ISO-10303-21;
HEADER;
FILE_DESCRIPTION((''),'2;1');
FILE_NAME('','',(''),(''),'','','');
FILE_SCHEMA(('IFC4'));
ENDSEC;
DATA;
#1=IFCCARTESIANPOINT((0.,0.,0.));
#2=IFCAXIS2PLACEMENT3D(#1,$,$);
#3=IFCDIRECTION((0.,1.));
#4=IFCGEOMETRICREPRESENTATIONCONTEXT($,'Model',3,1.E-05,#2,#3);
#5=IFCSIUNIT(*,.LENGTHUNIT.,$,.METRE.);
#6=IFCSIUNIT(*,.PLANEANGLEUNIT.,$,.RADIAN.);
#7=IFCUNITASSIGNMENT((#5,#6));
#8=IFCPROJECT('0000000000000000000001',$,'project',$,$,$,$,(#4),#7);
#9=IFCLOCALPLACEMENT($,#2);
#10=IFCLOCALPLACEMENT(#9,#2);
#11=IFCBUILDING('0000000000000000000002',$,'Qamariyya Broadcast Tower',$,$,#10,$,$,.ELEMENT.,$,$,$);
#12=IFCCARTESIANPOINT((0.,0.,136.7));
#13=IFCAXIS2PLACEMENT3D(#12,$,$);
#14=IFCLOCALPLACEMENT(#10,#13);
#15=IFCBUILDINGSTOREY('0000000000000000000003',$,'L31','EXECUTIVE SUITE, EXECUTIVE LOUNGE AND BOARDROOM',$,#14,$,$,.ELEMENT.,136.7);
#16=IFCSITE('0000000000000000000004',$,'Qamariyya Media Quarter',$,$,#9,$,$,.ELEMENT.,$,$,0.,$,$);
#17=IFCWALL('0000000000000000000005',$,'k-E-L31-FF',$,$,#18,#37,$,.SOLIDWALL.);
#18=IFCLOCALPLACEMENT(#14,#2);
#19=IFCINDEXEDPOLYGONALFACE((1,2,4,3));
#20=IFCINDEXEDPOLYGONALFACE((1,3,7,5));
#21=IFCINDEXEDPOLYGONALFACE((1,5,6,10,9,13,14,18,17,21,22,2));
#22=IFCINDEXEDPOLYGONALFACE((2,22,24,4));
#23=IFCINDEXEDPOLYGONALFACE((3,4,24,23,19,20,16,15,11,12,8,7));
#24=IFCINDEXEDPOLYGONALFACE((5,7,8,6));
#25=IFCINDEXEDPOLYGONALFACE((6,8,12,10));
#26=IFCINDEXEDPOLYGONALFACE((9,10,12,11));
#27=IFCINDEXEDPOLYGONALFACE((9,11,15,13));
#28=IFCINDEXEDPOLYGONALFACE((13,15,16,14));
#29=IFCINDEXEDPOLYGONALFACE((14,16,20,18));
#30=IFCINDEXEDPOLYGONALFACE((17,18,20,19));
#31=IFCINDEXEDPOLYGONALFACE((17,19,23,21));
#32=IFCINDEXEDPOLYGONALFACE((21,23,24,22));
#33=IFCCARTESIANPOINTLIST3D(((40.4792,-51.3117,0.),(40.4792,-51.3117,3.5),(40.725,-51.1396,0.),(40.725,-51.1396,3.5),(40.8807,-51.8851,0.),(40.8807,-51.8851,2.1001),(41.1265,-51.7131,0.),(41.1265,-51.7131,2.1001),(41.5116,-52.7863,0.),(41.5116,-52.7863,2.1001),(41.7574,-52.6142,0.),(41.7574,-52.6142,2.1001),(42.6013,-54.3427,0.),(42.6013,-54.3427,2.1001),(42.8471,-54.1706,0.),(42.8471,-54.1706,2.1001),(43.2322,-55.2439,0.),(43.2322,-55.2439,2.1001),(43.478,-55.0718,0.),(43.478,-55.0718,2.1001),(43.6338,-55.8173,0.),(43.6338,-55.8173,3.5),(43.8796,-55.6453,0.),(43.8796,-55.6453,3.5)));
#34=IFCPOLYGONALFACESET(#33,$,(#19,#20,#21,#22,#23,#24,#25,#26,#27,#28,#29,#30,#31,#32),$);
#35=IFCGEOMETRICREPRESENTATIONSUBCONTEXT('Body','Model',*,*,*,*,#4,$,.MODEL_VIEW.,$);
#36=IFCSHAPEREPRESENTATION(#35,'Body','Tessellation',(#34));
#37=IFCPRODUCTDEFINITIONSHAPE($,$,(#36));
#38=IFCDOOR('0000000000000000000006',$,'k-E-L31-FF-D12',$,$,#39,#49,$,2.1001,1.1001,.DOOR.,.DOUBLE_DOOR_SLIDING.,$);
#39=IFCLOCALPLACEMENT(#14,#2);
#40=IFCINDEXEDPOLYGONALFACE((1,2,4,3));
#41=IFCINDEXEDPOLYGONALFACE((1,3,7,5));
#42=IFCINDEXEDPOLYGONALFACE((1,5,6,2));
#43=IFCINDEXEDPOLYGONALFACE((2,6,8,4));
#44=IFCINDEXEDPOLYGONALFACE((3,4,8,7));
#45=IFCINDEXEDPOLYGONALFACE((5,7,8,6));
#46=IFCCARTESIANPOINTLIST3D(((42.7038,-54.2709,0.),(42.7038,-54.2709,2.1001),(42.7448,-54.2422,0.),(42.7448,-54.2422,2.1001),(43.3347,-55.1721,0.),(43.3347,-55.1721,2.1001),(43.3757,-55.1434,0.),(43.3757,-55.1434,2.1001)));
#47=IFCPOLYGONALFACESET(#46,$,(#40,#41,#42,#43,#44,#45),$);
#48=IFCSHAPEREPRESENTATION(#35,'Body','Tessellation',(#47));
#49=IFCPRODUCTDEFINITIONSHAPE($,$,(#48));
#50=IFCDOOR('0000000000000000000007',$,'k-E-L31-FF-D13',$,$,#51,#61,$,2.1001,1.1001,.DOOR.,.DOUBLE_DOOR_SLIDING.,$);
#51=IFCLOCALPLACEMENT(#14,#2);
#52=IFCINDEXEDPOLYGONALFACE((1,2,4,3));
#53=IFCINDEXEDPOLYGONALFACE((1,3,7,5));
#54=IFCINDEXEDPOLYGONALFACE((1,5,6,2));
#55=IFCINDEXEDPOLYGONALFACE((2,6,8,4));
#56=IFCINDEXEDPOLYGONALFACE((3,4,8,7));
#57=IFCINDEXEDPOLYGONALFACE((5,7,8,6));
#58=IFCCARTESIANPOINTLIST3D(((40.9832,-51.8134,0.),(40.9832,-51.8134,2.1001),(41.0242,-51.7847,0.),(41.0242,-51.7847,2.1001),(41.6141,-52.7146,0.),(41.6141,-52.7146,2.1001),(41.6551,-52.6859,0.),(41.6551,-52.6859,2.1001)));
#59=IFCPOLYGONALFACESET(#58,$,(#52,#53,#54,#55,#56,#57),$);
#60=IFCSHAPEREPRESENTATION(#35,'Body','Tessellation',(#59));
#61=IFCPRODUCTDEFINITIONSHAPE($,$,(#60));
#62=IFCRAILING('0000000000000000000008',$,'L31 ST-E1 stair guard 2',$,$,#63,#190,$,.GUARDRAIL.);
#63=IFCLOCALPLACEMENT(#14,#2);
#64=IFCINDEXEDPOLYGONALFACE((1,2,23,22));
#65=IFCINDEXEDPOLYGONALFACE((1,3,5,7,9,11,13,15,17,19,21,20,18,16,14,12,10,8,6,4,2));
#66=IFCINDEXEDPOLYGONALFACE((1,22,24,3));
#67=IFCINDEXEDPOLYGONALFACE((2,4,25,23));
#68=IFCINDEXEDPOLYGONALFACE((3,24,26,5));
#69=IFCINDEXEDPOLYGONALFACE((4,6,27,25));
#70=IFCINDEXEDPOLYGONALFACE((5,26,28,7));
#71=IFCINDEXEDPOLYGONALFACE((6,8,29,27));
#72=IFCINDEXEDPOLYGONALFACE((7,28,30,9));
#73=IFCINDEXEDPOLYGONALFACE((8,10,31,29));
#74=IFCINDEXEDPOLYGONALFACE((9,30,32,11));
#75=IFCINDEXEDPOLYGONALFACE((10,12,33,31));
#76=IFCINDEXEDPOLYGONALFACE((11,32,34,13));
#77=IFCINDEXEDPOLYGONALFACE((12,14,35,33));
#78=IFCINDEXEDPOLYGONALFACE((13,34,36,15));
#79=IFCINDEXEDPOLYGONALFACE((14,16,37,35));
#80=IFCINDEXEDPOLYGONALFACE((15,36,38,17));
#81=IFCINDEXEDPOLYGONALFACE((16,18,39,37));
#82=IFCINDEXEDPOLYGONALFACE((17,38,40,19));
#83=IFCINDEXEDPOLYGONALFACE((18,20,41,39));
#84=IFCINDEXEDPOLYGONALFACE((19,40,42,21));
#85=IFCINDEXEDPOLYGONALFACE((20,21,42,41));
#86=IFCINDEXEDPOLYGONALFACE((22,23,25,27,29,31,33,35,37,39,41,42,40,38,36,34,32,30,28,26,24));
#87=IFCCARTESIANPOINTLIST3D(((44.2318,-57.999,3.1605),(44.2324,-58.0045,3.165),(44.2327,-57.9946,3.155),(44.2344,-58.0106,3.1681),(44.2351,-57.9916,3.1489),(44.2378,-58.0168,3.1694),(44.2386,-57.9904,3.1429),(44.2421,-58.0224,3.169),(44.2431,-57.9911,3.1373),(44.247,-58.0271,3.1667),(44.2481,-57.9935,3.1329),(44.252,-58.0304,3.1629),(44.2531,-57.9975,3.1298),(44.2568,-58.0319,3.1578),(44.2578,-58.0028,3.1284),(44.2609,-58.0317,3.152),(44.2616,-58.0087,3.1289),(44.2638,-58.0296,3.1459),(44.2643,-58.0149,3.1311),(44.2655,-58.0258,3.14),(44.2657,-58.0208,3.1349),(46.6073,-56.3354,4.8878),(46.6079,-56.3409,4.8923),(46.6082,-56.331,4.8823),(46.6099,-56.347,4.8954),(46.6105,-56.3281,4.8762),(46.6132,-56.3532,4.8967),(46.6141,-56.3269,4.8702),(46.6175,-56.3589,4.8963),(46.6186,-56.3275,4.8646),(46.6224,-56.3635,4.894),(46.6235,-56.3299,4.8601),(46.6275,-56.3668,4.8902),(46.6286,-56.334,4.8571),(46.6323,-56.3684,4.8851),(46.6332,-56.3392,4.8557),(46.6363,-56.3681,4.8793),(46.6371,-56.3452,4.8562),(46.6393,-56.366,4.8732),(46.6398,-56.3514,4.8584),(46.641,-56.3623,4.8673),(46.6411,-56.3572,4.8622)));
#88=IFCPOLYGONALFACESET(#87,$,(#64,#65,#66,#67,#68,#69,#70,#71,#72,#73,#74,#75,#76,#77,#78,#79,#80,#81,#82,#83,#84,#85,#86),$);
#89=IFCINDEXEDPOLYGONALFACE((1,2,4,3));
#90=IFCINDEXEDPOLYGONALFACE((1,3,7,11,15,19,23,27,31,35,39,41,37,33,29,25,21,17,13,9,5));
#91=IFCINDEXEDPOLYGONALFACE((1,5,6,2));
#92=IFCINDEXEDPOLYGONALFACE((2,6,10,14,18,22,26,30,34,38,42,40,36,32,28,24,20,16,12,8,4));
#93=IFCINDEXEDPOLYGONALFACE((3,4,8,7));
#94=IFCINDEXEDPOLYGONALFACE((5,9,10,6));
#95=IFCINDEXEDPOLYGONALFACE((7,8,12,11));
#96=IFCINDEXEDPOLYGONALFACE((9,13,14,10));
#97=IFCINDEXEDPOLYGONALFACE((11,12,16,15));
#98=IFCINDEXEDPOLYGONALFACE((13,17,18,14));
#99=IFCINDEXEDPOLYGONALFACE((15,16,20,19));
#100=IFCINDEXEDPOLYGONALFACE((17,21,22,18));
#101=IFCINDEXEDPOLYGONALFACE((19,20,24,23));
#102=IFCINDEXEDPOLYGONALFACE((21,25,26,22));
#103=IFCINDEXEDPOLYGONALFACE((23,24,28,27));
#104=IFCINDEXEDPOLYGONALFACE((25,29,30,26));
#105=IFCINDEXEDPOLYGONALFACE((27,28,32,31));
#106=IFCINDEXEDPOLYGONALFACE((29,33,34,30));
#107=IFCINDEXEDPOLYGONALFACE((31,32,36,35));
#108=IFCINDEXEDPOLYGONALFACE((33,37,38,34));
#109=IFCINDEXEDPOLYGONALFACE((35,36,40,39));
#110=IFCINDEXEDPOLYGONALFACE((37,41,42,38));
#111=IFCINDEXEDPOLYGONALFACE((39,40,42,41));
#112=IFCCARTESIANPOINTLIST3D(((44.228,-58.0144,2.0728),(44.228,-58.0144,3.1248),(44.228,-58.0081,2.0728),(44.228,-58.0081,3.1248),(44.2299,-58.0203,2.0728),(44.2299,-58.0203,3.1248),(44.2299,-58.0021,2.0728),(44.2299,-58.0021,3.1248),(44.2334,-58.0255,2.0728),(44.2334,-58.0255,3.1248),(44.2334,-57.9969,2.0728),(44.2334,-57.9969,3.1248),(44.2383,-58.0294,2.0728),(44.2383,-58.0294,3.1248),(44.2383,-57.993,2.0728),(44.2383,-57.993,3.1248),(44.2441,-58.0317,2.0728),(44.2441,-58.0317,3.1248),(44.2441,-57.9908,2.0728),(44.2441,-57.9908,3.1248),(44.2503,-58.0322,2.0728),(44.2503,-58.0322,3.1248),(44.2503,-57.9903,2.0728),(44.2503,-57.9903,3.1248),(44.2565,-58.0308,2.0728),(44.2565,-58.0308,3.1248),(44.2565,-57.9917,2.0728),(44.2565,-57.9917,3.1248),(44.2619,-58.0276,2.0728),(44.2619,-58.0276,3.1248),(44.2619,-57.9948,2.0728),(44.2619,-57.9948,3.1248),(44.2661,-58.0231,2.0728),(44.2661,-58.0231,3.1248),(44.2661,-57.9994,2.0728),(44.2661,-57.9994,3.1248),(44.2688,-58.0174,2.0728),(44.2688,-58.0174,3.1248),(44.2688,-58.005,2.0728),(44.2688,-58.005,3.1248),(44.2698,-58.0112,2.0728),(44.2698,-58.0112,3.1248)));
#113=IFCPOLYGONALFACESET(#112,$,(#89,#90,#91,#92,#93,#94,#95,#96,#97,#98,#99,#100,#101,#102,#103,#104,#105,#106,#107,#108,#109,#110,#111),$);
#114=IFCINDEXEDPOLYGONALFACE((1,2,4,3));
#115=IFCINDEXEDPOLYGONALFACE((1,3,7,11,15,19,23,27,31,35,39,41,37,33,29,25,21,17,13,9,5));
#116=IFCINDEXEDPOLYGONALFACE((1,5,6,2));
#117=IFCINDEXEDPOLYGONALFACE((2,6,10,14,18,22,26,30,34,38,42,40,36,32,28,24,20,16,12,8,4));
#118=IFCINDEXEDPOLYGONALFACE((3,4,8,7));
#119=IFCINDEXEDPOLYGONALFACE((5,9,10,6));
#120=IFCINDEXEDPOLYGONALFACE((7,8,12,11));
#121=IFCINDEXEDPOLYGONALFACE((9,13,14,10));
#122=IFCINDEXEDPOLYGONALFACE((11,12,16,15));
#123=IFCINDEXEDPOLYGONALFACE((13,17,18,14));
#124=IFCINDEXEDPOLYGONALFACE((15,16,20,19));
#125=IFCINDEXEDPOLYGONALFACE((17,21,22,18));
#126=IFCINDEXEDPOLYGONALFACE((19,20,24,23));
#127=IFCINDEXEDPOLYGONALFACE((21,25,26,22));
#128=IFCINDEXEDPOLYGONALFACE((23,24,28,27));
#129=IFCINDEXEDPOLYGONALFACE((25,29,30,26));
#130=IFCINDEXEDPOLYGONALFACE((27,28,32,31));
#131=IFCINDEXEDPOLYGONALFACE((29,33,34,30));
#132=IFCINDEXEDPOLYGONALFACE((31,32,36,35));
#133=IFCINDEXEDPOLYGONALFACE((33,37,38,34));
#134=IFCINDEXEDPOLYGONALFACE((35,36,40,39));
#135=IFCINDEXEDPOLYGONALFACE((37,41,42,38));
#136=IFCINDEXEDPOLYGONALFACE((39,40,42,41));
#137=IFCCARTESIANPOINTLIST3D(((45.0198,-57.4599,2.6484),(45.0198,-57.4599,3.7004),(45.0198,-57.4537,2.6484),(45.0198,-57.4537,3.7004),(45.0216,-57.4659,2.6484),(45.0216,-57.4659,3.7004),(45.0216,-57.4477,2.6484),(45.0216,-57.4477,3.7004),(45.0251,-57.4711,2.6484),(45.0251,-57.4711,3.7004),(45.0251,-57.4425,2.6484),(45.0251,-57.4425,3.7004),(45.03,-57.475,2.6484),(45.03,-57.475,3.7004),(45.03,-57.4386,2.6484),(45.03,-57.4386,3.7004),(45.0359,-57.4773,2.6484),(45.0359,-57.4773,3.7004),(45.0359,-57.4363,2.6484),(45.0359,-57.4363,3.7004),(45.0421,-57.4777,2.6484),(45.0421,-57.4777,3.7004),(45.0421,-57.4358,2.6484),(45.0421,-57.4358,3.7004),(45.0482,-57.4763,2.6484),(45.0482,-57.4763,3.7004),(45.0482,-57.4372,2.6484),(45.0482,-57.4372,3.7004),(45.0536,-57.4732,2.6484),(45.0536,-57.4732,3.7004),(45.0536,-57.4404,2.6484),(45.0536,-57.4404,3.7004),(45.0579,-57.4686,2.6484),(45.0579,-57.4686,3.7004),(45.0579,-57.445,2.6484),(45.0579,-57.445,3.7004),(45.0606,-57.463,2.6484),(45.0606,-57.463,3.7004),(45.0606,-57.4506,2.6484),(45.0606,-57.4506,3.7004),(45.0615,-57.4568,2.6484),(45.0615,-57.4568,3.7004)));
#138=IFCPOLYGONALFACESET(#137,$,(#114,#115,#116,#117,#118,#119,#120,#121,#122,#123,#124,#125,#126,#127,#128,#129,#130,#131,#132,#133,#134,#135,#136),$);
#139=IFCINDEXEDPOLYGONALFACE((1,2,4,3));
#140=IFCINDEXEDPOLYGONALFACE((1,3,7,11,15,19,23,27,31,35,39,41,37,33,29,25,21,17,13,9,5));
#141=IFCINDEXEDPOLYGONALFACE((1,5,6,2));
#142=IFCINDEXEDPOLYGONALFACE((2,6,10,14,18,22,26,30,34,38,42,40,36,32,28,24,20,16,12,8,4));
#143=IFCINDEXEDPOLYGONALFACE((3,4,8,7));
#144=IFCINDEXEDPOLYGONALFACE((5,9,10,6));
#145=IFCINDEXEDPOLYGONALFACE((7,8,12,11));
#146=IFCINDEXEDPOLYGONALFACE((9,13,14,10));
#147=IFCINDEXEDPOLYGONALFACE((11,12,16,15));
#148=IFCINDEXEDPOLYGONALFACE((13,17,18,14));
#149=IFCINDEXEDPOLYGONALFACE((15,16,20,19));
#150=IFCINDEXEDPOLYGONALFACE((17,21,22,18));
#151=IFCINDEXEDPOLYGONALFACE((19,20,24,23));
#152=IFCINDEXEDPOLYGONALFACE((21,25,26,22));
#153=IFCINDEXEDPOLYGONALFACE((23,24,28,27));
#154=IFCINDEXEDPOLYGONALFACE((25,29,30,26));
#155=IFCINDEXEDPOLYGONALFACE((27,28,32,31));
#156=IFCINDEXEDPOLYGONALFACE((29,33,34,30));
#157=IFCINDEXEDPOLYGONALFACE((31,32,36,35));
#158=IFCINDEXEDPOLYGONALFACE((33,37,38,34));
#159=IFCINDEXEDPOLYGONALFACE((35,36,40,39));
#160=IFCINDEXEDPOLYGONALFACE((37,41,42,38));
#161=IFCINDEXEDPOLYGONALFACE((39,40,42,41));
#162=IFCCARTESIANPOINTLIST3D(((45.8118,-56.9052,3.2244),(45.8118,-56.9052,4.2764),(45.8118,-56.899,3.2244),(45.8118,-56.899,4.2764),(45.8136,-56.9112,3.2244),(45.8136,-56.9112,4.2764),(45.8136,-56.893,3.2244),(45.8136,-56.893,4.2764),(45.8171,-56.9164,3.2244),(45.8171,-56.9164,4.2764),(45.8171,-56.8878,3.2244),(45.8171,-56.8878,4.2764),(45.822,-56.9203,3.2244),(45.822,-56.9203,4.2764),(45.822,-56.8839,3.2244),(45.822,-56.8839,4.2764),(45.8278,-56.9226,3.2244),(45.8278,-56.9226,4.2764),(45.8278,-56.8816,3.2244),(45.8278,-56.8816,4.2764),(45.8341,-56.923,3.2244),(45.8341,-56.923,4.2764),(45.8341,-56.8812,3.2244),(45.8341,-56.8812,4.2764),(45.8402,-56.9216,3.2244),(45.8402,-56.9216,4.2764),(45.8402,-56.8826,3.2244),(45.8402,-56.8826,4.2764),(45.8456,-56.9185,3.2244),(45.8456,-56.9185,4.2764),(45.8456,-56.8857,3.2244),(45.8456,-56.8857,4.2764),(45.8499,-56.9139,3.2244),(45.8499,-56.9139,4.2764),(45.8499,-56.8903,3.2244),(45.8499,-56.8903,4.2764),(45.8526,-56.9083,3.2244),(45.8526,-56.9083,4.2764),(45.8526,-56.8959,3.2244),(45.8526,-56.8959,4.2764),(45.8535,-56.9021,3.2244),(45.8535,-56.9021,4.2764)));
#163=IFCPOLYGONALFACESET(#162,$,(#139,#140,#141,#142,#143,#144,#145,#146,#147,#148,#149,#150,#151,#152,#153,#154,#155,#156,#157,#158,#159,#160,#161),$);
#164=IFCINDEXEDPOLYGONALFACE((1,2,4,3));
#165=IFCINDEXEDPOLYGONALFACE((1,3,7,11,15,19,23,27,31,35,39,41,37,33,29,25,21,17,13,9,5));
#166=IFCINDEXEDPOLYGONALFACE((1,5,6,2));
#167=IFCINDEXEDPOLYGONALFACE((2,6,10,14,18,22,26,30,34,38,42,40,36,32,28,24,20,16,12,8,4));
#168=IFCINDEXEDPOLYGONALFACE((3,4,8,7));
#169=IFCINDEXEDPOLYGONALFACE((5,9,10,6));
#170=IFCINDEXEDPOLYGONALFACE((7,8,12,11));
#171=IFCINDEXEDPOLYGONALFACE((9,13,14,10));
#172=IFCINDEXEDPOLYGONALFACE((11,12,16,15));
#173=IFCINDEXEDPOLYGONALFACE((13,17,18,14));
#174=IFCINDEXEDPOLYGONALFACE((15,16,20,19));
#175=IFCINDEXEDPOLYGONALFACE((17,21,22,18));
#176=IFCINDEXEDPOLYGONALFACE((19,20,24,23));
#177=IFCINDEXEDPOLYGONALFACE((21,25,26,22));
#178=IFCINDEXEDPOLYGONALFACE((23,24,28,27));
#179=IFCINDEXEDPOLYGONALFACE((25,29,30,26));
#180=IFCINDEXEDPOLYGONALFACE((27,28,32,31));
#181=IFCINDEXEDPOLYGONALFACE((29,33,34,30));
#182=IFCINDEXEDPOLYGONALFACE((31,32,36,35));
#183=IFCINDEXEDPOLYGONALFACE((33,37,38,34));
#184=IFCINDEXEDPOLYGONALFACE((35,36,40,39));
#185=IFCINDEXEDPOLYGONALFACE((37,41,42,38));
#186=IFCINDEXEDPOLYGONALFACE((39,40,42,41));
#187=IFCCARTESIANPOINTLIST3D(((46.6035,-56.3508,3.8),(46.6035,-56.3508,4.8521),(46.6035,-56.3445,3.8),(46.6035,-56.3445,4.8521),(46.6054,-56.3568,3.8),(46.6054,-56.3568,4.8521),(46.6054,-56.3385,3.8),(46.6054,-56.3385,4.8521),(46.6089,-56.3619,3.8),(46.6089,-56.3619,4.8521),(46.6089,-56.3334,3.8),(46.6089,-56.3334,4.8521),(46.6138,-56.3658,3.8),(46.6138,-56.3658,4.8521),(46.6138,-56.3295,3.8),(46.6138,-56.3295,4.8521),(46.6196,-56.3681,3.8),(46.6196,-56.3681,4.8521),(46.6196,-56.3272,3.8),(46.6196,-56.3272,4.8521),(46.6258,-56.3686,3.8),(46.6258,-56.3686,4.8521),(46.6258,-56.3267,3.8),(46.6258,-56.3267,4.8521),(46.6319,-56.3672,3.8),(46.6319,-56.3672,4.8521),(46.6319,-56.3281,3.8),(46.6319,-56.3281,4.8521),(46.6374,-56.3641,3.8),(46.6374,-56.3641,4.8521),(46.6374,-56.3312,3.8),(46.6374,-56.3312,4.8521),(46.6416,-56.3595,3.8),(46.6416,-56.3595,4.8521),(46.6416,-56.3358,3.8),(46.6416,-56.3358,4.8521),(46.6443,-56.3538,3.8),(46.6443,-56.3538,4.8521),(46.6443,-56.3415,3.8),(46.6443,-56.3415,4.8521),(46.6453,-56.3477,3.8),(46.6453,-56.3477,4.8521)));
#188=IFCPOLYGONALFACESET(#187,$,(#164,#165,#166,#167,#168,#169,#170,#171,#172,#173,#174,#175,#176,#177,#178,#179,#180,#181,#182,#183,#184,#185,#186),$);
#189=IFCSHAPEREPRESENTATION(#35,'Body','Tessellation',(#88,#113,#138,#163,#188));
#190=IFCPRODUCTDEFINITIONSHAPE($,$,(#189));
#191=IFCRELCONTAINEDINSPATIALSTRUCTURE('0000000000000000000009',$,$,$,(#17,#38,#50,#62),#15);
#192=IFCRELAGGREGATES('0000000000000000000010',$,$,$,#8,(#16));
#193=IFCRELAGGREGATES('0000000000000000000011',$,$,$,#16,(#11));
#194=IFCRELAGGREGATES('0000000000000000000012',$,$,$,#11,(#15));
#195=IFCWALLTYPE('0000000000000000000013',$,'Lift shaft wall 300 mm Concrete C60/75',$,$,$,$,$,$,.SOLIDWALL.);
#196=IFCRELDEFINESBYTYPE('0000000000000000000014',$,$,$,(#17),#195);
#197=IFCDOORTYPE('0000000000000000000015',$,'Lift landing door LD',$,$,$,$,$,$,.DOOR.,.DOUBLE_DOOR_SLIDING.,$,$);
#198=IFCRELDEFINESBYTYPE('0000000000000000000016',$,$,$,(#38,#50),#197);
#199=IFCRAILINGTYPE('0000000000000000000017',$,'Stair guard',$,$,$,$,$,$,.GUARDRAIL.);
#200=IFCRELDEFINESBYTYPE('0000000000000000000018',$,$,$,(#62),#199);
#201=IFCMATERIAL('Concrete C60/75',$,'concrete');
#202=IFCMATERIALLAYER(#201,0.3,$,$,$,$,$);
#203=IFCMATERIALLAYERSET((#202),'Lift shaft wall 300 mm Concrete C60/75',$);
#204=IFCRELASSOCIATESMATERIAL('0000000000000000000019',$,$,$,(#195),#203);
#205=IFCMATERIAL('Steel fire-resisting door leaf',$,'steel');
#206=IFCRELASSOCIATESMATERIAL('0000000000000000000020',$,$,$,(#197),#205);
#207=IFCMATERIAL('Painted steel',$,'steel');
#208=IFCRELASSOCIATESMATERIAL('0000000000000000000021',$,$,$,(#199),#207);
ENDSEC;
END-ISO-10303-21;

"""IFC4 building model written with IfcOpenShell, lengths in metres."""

from ifc_helpers import new_model, si_unit, direction, frame, frame_2d, origin, origin_2d, place, context, subcontext, project, spatial, rectangle, circle, extrude, material, layer, layer_set, type_object, element, fill, save


model = new_model("IFC4")

# Units and contexts
model_context = context("Model", 3, precision=1e-05, world=origin(), true_north=direction((0.0, 1.0)))
body_context = subcontext(model_context, "Body", "Model", "MODEL_VIEW")
ifc_project = project(units=[si_unit("LENGTHUNIT", "METRE"), si_unit("PLANEANGLEUNIT", "RADIAN")], contexts=[model_context])

# Site, building, storey
site_placement = place(None, origin())
site = spatial("IfcSite", under=ifc_project, at=site_placement, Name="Qamariyya Media Quarter", CompositionType="ELEMENT", RefElevation=0.0)
building_placement = place(site_placement, origin())
building = spatial("IfcBuilding", under=site, at=building_placement, Name="Qamariyya Broadcast Tower", CompositionType="ELEMENT")
storey_placement = place(building_placement, frame((0.0, 0.0, 136.7)))
storey = spatial("IfcBuildingStorey", under=building, at=storey_placement, Name="L31", Description="EXECUTIVE SUITE, EXECUTIVE LOUNGE AND BOARDROOM", CompositionType="ELEMENT", Elevation=136.7)

# Shared definitions
ifc_material_1 = material(Name="Steel fire-resisting door leaf", Category="steel")

# Shared definitions
ifc_material_2 = material(Name="Concrete C60/75", Category="concrete")
ifc_layer_1 = layer(ifc_material_2, 0.3)
ifc_layer_set_1 = layer_set([ifc_layer_1], Name="Lift shaft wall 300 mm Concrete C60/75")
wall_type_1 = type_object("IfcWallType", Name="Lift shaft wall 300 mm Concrete C60/75", PredefinedType="SOLIDWALL", material=ifc_layer_set_1)

# Wall, openings, doors
wall_1_placement = place(storey_placement, frame((43.7566, -55.7312, 0.0), z_axis=(0.0, 0.0, 1.0), x_axis=(-0.573537, 0.81918, 0.0)))
wall_1 = element("IfcWall", 1, at=wall_1_placement, inside=storey, type_object=wall_type_1, Name="k-E-L31-FF", PredefinedType="SOLIDWALL", context=body_context, shape_type="SweptSolid", body=[
    extrude(rectangle(XDim=5.5002, YDim=0.3, at=frame_2d((2.75, 0.0))), origin(), (0.0, 0.0, 1.0), 3.5),
])
opening_1_placement = place(wall_1_placement, frame((0.7, 0.0, 0.0)))
opening_1 = element("IfcOpeningElement", 2, at=opening_1_placement, cuts=wall_1, PredefinedType="OPENING", context=body_context, shape_type="SweptSolid", body=[
    extrude(rectangle(XDim=1.1001, YDim=2.1001, at=frame_2d((0.55, 1.05))), frame((0.0, 0.1599, 0.0), z_axis=(0.0, -1.0, 0.0), x_axis=(1.0, 0.0, 0.0)), (0.0, 0.0, 1.0), 0.3201),
])
opening_2_placement = place(wall_1_placement, frame((3.7, 0.0, 0.0)))
opening_2 = element("IfcOpeningElement", 3, at=opening_2_placement, cuts=wall_1, PredefinedType="OPENING", context=body_context, shape_type="SweptSolid", body=[
    extrude(rectangle(XDim=1.1001, YDim=2.1001, at=frame_2d((0.55, 1.05))), frame((0.0, 0.1599, 0.0), z_axis=(0.0, -1.0, 0.0), x_axis=(1.0, 0.0, 0.0)), (0.0, 0.0, 1.0), 0.3201),
])
door_type_1 = type_object("IfcDoorType", Name="Lift landing door LD", OperationType="DOUBLE_DOOR_SLIDING", PredefinedType="DOOR", material=ifc_material_1)
door_1_placement = place(opening_1_placement, origin())
door_1 = element("IfcDoor", 4, at=door_1_placement, inside=storey, type_object=door_type_1, Name="k-E-L31-FF-D12", OperationType="DOUBLE_DOOR_SLIDING", OverallHeight=2.1001, OverallWidth=1.1001, PredefinedType="DOOR", context=body_context, shape_type="SweptSolid", body=[
    extrude(rectangle(XDim=1.1001, YDim=2.1001, at=frame_2d((0.55, 1.05))), frame((0.0, 0.0249, 0.0), z_axis=(0.0, -1.0, 0.0), x_axis=(1.0, 0.0, 0.0)), (0.0, 0.0, 1.0), 0.05),
])
fill(opening_1, door_1)
door_2_placement = place(opening_2_placement, origin())
door_2 = element("IfcDoor", 5, at=door_2_placement, inside=storey, type_object=door_type_1, Name="k-E-L31-FF-D13", OperationType="DOUBLE_DOOR_SLIDING", OverallHeight=2.1001, OverallWidth=1.1001, PredefinedType="DOOR", context=body_context, shape_type="SweptSolid", body=[
    extrude(rectangle(XDim=1.1001, YDim=2.1001, at=frame_2d((0.55, 1.05))), frame((0.0, 0.0249, 0.0), z_axis=(0.0, -1.0, 0.0), x_axis=(1.0, 0.0, 0.0)), (0.0, 0.0, 1.0), 0.05),
])
fill(opening_2, door_2)

# Railing
ifc_material_3 = material(Name="Painted steel", Category="steel")
railing_type_1 = type_object("IfcRailingType", Name="Stair guard", PredefinedType="GUARDRAIL", material=ifc_material_3)
railing_1_placement = place(storey_placement, frame((44.2488, -58.0112, 2.0728)))
element("IfcRailing", 6, at=railing_1_placement, inside=storey, type_object=railing_type_1, Name="L31 ST-E1 stair guard 2", PredefinedType="GUARDRAIL", context=body_context, shape_type="SweptSolid", body=[
    extrude(circle(Radius=0.0239, at=origin_2d()), frame((0.0, 0.0, 1.0762), z_axis=(0.703745, 0.492838, 0.511716), x_axis=(-0.573632, 0.819113, 0.0)), (0.0, 0.0, 1.0), 3.3755),
    extrude(circle(Radius=0.021, at=origin_2d()), origin(), (0.0, 0.0, 1.0), 1.052),
    extrude(circle(Radius=0.021, at=origin_2d()), frame((0.7917, 0.5544, 0.5757)), (0.0, 0.0, 1.0), 1.052),
    extrude(circle(Radius=0.021, at=origin_2d()), frame((1.5837, 1.1091, 1.1516)), (0.0, 0.0, 1.0), 1.052),
    extrude(circle(Radius=0.021, at=origin_2d()), frame((2.3755, 1.6636, 1.7273)), (0.0, 0.0, 1.0), 1.052),
])

save(model, "model.ifc")
